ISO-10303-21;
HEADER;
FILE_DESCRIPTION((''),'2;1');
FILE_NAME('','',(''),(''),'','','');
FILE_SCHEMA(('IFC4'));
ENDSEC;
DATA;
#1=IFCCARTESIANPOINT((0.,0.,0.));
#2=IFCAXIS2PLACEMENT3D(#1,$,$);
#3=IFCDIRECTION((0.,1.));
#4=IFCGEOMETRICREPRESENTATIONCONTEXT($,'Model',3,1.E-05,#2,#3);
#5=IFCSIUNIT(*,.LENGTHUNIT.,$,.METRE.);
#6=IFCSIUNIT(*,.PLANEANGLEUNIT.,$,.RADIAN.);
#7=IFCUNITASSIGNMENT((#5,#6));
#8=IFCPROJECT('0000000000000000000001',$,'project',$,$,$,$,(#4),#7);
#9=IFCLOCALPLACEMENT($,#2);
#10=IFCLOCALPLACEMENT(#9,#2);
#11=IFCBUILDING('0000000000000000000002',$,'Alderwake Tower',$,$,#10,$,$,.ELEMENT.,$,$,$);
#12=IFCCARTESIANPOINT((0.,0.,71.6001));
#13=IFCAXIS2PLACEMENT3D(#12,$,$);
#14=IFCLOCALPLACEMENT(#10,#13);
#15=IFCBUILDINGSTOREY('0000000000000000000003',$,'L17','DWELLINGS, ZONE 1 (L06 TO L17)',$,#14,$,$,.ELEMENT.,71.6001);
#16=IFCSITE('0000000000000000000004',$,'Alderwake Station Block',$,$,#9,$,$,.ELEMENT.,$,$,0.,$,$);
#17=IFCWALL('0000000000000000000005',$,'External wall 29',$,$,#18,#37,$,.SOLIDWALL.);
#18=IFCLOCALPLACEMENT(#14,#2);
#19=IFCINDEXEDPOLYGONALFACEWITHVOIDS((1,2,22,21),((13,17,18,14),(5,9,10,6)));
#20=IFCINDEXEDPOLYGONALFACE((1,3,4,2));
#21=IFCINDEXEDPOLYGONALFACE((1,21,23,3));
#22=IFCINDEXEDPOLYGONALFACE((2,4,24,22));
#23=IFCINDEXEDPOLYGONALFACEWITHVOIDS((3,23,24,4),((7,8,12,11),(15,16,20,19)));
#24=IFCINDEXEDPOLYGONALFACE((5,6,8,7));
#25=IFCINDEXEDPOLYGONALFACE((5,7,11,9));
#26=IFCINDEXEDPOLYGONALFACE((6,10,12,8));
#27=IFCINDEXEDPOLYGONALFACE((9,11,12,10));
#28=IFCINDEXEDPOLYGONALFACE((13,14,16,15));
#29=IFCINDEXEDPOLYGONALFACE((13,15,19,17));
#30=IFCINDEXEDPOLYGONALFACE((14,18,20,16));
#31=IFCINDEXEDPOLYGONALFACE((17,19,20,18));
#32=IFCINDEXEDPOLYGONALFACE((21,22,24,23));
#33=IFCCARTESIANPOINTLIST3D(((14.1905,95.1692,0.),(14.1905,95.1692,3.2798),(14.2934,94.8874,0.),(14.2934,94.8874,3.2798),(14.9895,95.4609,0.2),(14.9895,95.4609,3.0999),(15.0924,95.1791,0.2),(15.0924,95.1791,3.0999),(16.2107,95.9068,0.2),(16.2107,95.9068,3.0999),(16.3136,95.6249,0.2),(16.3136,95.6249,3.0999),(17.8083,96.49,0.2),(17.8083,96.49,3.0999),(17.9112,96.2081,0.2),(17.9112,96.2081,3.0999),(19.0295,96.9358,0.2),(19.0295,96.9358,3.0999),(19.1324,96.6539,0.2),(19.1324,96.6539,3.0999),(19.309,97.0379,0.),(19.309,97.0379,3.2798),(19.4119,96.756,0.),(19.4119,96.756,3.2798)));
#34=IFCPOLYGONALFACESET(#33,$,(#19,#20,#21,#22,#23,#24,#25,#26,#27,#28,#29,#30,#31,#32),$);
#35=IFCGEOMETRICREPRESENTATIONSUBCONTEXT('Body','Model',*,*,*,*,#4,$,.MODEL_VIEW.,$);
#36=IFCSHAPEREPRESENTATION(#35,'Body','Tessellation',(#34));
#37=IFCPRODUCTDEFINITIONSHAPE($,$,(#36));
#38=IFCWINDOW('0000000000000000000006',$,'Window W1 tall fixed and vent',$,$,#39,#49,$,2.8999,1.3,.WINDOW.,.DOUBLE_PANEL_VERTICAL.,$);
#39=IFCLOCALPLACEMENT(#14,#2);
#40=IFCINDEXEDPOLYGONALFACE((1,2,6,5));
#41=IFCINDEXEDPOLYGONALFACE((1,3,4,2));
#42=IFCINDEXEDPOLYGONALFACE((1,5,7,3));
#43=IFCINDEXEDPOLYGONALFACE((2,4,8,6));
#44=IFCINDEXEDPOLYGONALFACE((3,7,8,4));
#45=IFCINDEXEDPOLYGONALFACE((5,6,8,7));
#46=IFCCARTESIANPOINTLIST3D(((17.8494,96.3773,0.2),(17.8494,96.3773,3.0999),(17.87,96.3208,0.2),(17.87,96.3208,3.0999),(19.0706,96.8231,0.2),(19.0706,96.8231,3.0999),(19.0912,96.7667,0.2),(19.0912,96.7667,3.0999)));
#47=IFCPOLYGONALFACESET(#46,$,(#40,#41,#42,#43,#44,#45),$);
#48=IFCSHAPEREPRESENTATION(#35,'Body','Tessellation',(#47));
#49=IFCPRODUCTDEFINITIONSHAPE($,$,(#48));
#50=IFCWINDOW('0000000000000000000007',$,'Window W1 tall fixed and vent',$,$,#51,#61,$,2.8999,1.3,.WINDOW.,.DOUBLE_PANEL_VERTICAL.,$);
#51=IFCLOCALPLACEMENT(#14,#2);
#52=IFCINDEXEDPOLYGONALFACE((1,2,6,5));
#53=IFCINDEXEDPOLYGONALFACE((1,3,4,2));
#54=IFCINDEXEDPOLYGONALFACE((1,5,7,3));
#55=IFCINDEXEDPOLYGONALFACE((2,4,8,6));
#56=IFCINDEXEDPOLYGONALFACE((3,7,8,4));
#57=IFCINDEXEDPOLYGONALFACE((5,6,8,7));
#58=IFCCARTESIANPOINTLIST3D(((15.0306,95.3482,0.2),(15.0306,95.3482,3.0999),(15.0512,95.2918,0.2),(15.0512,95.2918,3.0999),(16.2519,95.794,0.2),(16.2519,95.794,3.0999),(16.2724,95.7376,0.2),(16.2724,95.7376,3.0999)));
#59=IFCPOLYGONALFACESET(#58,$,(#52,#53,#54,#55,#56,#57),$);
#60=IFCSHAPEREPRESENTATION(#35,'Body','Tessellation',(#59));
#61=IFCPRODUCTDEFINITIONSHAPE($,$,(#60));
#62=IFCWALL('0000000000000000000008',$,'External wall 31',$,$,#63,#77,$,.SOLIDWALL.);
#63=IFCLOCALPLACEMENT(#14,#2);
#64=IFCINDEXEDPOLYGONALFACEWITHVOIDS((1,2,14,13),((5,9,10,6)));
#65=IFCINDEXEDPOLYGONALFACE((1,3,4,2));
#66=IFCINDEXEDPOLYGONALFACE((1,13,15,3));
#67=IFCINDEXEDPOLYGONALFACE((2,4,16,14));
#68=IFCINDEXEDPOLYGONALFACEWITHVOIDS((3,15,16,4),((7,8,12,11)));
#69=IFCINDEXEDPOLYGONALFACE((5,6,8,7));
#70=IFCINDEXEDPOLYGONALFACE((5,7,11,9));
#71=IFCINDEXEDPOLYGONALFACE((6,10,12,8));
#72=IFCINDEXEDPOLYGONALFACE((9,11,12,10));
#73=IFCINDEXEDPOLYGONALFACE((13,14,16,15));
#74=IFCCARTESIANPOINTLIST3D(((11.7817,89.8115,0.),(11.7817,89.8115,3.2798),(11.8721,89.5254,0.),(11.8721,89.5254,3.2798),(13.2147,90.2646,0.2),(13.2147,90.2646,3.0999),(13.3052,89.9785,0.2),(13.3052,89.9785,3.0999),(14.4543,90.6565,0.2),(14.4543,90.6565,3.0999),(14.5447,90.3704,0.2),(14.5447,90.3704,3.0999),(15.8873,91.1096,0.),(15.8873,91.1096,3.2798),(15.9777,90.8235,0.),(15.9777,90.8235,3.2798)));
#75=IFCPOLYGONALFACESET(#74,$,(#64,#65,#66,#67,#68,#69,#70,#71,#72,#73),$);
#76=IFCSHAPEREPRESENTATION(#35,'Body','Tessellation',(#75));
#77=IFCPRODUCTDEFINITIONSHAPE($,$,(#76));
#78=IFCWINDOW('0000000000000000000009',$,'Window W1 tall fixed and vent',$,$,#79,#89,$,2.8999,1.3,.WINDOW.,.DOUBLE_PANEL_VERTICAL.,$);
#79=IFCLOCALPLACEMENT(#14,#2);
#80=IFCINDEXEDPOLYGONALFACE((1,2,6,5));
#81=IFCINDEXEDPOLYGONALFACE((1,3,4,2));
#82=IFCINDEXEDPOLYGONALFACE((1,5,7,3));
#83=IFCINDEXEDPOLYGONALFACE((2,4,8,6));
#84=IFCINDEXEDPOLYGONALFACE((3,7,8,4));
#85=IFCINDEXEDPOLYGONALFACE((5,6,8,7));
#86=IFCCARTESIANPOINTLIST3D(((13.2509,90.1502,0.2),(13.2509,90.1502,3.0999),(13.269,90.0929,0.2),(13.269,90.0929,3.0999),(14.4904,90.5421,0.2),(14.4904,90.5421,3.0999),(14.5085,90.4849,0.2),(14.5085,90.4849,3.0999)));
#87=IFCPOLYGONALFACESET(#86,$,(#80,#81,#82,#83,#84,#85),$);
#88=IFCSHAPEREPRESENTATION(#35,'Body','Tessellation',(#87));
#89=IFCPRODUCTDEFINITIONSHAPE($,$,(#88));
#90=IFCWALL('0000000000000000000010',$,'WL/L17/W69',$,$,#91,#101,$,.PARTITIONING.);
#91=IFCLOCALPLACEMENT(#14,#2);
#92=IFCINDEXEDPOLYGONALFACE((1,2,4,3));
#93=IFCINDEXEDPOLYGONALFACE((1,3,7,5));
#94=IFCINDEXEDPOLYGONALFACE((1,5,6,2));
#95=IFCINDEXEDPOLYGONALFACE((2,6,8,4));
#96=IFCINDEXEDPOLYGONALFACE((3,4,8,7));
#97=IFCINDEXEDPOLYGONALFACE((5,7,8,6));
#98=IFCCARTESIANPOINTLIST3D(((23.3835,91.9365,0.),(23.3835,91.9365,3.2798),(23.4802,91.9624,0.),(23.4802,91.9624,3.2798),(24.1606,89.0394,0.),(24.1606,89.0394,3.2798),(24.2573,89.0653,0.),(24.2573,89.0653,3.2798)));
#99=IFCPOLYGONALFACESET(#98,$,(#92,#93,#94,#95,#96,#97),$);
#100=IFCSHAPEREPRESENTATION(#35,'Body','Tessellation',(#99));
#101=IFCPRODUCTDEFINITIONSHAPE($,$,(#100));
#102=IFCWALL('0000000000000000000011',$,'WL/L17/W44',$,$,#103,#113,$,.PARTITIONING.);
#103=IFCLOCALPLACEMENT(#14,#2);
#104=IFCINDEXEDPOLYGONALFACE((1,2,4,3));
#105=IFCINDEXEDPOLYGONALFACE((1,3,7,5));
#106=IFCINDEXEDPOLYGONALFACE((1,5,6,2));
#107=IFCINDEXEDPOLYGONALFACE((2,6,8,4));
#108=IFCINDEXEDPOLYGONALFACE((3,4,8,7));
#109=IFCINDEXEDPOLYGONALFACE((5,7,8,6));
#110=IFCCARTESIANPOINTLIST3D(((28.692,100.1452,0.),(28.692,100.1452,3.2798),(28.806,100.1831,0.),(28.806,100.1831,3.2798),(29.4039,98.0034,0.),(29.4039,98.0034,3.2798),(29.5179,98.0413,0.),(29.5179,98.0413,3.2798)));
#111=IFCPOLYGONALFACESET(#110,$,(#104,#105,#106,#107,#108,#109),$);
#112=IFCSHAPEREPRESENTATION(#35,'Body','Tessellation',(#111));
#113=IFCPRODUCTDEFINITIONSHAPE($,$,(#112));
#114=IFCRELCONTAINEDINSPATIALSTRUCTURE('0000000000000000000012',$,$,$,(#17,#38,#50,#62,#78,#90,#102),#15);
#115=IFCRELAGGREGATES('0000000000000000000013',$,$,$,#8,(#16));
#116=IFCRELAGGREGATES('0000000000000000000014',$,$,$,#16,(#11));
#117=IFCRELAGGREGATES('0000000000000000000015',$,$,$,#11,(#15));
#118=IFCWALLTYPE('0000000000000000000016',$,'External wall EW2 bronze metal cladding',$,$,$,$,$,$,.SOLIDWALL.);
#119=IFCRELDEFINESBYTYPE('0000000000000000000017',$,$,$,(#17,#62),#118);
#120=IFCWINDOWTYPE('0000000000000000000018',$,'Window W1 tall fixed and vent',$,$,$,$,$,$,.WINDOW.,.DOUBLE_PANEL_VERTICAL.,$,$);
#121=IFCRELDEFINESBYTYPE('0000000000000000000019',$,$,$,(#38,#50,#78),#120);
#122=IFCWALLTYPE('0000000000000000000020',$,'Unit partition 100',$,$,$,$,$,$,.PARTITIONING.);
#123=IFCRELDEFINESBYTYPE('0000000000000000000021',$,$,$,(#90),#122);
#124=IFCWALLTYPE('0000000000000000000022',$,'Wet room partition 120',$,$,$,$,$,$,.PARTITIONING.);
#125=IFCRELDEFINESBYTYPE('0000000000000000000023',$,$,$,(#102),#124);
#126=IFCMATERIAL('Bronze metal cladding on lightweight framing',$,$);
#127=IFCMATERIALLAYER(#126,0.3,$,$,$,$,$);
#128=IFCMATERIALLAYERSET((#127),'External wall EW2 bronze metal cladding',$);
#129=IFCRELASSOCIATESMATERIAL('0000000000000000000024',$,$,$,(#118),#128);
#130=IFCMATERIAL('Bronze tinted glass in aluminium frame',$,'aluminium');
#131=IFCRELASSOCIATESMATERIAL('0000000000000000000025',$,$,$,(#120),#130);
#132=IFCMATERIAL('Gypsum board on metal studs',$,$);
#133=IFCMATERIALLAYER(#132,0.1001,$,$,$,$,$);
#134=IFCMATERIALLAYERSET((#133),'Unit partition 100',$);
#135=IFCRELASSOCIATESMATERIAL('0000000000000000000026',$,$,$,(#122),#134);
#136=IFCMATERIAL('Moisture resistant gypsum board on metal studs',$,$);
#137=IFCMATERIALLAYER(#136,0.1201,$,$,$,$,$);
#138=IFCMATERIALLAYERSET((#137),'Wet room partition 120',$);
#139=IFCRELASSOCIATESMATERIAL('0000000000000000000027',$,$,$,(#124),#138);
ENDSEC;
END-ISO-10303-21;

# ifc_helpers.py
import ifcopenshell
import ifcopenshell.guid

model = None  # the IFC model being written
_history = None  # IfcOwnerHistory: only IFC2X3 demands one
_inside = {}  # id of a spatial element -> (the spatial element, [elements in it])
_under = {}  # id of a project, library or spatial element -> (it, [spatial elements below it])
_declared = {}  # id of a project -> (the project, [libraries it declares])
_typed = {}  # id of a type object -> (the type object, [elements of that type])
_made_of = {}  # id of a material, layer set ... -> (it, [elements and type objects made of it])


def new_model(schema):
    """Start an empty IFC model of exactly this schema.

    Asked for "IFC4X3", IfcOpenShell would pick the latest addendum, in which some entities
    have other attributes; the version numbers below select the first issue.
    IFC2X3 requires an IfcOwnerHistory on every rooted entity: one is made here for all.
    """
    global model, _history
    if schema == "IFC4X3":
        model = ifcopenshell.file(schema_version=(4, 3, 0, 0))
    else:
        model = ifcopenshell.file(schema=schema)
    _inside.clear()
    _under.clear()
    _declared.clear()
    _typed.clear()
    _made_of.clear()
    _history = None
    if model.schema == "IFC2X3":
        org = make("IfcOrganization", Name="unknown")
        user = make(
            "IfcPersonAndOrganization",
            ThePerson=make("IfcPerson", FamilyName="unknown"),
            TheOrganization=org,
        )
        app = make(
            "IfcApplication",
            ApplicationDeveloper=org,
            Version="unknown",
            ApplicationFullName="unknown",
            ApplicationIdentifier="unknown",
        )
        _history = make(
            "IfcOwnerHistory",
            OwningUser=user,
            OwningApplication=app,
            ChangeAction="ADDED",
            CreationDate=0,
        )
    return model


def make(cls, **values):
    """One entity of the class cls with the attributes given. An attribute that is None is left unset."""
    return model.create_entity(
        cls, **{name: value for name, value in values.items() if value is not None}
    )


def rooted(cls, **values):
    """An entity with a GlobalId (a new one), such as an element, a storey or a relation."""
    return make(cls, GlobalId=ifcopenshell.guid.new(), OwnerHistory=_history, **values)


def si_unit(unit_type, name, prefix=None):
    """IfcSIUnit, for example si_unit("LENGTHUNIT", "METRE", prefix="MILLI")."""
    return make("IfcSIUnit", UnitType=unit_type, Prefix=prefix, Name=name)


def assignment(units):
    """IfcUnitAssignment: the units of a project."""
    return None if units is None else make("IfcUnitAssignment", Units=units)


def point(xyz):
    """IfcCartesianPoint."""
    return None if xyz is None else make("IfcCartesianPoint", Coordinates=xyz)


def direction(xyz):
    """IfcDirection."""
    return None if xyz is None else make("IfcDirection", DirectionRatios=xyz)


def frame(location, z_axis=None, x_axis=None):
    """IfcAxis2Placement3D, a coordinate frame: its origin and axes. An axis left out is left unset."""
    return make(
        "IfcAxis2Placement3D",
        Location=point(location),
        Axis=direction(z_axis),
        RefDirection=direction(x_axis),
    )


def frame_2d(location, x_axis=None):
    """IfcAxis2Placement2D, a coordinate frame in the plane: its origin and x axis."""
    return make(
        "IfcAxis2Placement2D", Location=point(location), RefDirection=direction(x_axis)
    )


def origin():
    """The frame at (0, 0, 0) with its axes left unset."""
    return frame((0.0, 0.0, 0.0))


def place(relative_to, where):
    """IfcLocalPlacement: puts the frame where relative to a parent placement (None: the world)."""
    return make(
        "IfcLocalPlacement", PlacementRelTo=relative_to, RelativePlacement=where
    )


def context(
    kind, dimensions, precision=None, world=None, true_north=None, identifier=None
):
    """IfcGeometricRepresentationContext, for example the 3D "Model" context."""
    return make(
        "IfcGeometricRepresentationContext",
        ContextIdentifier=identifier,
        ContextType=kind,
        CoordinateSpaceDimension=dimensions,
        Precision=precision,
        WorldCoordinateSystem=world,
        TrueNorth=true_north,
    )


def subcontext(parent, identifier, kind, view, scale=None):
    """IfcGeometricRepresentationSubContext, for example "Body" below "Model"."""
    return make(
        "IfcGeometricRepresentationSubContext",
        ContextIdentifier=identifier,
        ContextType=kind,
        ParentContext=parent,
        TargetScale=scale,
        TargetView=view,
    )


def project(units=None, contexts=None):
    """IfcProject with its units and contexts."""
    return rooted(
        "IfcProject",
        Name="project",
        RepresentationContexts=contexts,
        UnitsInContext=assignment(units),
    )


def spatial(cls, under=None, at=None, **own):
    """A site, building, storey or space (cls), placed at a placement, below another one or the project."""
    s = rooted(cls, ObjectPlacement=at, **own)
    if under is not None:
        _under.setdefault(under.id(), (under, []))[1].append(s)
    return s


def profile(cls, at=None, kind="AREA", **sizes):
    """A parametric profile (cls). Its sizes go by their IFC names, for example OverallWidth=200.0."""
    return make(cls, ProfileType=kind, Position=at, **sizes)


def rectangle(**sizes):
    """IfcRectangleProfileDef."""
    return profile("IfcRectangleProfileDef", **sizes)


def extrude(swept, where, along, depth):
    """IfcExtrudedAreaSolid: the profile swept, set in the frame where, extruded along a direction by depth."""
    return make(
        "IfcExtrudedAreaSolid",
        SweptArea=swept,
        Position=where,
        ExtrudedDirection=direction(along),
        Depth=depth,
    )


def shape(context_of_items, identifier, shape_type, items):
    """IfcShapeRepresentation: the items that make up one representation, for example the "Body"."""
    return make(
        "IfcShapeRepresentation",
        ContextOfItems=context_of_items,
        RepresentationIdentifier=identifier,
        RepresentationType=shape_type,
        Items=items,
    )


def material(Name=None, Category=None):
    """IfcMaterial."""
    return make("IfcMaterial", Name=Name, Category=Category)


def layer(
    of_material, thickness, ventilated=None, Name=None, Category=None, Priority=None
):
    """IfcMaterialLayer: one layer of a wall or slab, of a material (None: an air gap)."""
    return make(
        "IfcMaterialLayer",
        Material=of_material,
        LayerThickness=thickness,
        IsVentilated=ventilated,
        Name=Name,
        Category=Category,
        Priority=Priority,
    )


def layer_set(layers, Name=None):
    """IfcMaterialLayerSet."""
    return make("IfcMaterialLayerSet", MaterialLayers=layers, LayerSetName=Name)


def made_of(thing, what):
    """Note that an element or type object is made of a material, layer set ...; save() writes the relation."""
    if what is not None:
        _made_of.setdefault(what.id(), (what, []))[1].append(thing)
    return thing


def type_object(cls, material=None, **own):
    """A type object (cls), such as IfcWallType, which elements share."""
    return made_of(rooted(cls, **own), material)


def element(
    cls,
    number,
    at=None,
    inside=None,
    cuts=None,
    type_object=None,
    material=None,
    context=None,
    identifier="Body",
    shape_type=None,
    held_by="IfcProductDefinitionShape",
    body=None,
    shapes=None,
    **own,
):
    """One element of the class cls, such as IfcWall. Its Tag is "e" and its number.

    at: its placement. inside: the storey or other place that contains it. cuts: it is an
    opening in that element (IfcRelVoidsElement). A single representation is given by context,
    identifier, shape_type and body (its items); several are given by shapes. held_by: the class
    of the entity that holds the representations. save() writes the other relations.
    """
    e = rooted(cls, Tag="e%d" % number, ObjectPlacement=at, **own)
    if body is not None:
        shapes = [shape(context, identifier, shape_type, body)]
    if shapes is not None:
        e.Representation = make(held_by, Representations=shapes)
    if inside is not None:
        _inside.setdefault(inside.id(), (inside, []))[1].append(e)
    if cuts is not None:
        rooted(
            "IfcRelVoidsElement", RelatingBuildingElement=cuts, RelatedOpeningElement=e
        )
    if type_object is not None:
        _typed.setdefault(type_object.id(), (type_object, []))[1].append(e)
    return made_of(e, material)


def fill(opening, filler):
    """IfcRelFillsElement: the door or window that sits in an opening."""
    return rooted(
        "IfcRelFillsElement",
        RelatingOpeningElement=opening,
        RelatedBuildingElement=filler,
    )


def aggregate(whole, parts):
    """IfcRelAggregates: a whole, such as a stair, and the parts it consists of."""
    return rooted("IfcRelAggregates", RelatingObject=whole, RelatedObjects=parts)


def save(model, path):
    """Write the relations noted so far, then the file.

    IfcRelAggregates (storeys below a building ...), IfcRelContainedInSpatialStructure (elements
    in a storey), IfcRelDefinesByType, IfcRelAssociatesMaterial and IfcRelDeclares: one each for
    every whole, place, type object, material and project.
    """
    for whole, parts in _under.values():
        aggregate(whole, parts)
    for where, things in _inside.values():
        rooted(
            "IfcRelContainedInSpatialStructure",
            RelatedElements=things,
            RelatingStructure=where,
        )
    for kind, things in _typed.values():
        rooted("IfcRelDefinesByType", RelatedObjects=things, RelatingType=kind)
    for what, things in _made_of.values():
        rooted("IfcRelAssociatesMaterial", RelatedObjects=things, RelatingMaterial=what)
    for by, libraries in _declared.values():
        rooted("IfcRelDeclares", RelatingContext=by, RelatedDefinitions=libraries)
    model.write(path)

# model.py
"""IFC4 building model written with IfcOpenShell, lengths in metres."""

from ifc_helpers import new_model, si_unit, direction, frame, frame_2d, origin, place, context, subcontext, project, spatial, rectangle, extrude, material, layer, layer_set, type_object, element, fill, save


model = new_model("IFC4")

# Units and contexts
model_context = context("Model", 3, precision=1e-05, world=origin(), true_north=direction((0.0, 1.0)))
body_context = subcontext(model_context, "Body", "Model", "MODEL_VIEW")
ifc_project = project(units=[si_unit("LENGTHUNIT", "METRE"), si_unit("PLANEANGLEUNIT", "RADIAN")], contexts=[model_context])

# Site, building, storey
site_placement = place(None, origin())
site = spatial("IfcSite", under=ifc_project, at=site_placement, Name="Alderwake Station Block", CompositionType="ELEMENT", RefElevation=0.0)
building_placement = place(site_placement, origin())
building = spatial("IfcBuilding", under=site, at=building_placement, Name="Alderwake Tower", CompositionType="ELEMENT")
storey_placement = place(building_placement, frame((0.0, 0.0, 71.6001)))
storey = spatial("IfcBuildingStorey", under=building, at=storey_placement, Name="L17", Description="DWELLINGS, ZONE 1 (L06 TO L17)", CompositionType="ELEMENT", Elevation=71.6001)

# Wall, openings, windows
ifc_material_1 = material(Name="Bronze metal cladding on lightweight framing")
ifc_layer_1 = layer(ifc_material_1, 0.3)
ifc_layer_set_1 = layer_set([ifc_layer_1], Name="External wall EW2 bronze metal cladding")
wall_type_1 = type_object("IfcWallType", Name="External wall EW2 bronze metal cladding", PredefinedType="SOLIDWALL", material=ifc_layer_set_1)
ifc_material_2 = material(Name="Bronze tinted glass in aluminium frame", Category="aluminium")
window_type = type_object("IfcWindowType", Name="Window W1 tall fixed and vent", PartitioningType="DOUBLE_PANEL_VERTICAL", PredefinedType="WINDOW", material=ifc_material_2)
wall_1_placement = place(storey_placement, frame((19.3606, 96.897, 0.0), z_axis=(0.0, 0.0, 1.0), x_axis=(-0.939361, -0.34293, 0.0)))
wall_1 = element("IfcWall", 1, at=wall_1_placement, inside=storey, type_object=wall_type_1, Name="External wall 29", PredefinedType="SOLIDWALL", context=body_context, shape_type="SweptSolid", body=[
    extrude(rectangle(XDim=5.449, YDim=0.3, at=frame_2d((2.7246, 0.0))), origin(), (0.0, 0.0, 1.0), 3.2798),
])
opening_1_placement = place(wall_1_placement, frame((0.2979, 0.0, 0.2)))
opening_1 = element("IfcOpeningElement", 2, at=opening_1_placement, cuts=wall_1, PredefinedType="OPENING", context=body_context, shape_type="SweptSolid", body=[
    extrude(rectangle(XDim=1.3, YDim=2.8999, at=frame_2d((0.6499, 1.45))), frame((0.0, 0.1599, 0.0), z_axis=(0.0, -1.0, 0.0), x_axis=(1.0, 0.0, 0.0)), (0.0, 0.0, 1.0), 0.3201),
])
opening_2_placement = place(wall_1_placement, frame((3.2986, 0.0, 0.2)))
opening_2 = element("IfcOpeningElement", 3, at=opening_2_placement, cuts=wall_1, PredefinedType="OPENING", context=body_context, shape_type="SweptSolid", body=[
    extrude(rectangle(XDim=1.3, YDim=2.8999, at=frame_2d((0.6499, 1.45))), frame((0.0, 0.1599, 0.0), z_axis=(0.0, -1.0, 0.0), x_axis=(1.0, 0.0, 0.0)), (0.0, 0.0, 1.0), 0.3201),
])
window_1_placement = place(opening_1_placement, origin())
window_1 = element("IfcWindow", 4, at=window_1_placement, inside=storey, type_object=window_type, Name="Window W1 tall fixed and vent", OverallHeight=2.8999, OverallWidth=1.3, PartitioningType="DOUBLE_PANEL_VERTICAL", PredefinedType="WINDOW", context=body_context, shape_type="SweptSolid", body=[
    extrude(rectangle(XDim=1.3, YDim=2.8999, at=frame_2d((0.6499, 1.45))), frame((0.0, 0.03, 0.0), z_axis=(0.0, -1.0, 0.0), x_axis=(1.0, 0.0, 0.0)), (0.0, 0.0, 1.0), 0.0601),
])
fill(opening_1, window_1)
window_2_placement = place(opening_2_placement, origin())
window_2 = element("IfcWindow", 5, at=window_2_placement, inside=storey, type_object=window_type, Name="Window W1 tall fixed and vent", OverallHeight=2.8999, OverallWidth=1.3, PartitioningType="DOUBLE_PANEL_VERTICAL", PredefinedType="WINDOW", context=body_context, shape_type="SweptSolid", body=[
    extrude(rectangle(XDim=1.3, YDim=2.8999, at=frame_2d((0.6499, 1.45))), frame((0.0, 0.03, 0.0), z_axis=(0.0, -1.0, 0.0), x_axis=(1.0, 0.0, 0.0)), (0.0, 0.0, 1.0), 0.0601),
])
fill(opening_2, window_2)

# Wall, opening, window
wall_2_placement = place(storey_placement, frame((15.9324, 90.9666, 0.0), z_axis=(0.0, 0.0, 1.0), x_axis=(-0.953474, -0.301476, 0.0)))
wall_2 = element("IfcWall", 6, at=wall_2_placement, inside=storey, type_object=wall_type_1, Name="External wall 31", PredefinedType="SOLIDWALL", context=body_context, shape_type="SweptSolid", body=[
    extrude(rectangle(XDim=4.3059, YDim=0.3, at=frame_2d((2.1528, 0.0))), origin(), (0.0, 0.0, 1.0), 3.2798),
])
opening_3_placement = place(wall_2_placement, frame((1.5029, 0.0, 0.2)))
opening_3 = element("IfcOpeningElement", 7, at=opening_3_placement, cuts=wall_2, PredefinedType="OPENING", context=body_context, shape_type="SweptSolid", body=[
    extrude(rectangle(XDim=1.3, YDim=2.8999, at=frame_2d((0.6499, 1.45))), frame((0.0, 0.1599, 0.0), z_axis=(0.0, -1.0, 0.0), x_axis=(1.0, 0.0, 0.0)), (0.0, 0.0, 1.0), 0.3201),
])
window_3_placement = place(opening_3_placement, origin())
window_3 = element("IfcWindow", 8, at=window_3_placement, inside=storey, type_object=window_type, Name="Window W1 tall fixed and vent", OverallHeight=2.8999, OverallWidth=1.3, PartitioningType="DOUBLE_PANEL_VERTICAL", PredefinedType="WINDOW", context=body_context, shape_type="SweptSolid", body=[
    extrude(rectangle(XDim=1.3, YDim=2.8999, at=frame_2d((0.6499, 1.45))), frame((0.0, 0.03, 0.0), z_axis=(0.0, -1.0, 0.0), x_axis=(1.0, 0.0, 0.0)), (0.0, 0.0, 1.0), 0.0601),
])
fill(opening_3, window_3)

# Walls
ifc_material_3 = material(Name="Gypsum board on metal studs")
ifc_layer_2 = layer(ifc_material_3, 0.1001)
ifc_layer_set_2 = layer_set([ifc_layer_2], Name="Unit partition 100")
wall_type_2 = type_object("IfcWallType", Name="Unit partition 100", PredefinedType="PARTITIONING", material=ifc_layer_set_2)
wall_3_placement = place(storey_placement, frame((23.4319, 91.9495, 0.0), z_axis=(0.0, 0.0, 1.0), x_axis=(0.259066, -0.96586, 0.0)))
element("IfcWall", 9, at=wall_3_placement, inside=storey, type_object=wall_type_2, Name="WL/L17/W69", PredefinedType="PARTITIONING", context=body_context, shape_type="SweptSolid", body=[
    extrude(rectangle(XDim=2.9995, YDim=0.1001, at=frame_2d((1.4998, 0.0))), origin(), (0.0, 0.0, 1.0), 3.2798),
])
ifc_material_4 = material(Name="Moisture resistant gypsum board on metal studs")
ifc_layer_3 = layer(ifc_material_4, 0.1201)
ifc_layer_set_3 = layer_set([ifc_layer_3], Name="Wet room partition 120")
wall_type_3 = type_object("IfcWallType", Name="Wet room partition 120", PredefinedType="PARTITIONING", material=ifc_layer_set_3)
wall_4_placement = place(storey_placement, frame((28.749, 100.1641, 0.0), z_axis=(0.0, 0.0, 1.0), x_axis=(0.315416, -0.948953, 0.0)))
element("IfcWall", 10, at=wall_4_placement, inside=storey, type_object=wall_type_3, Name="WL/L17/W44", PredefinedType="PARTITIONING", context=body_context, shape_type="SweptSolid", body=[
    extrude(rectangle(XDim=2.2571, YDim=0.1201, at=frame_2d((1.1284, 0.0))), origin(), (0.0, 0.0, 1.0), 3.2798),
])

save(model, "model.ifc")
